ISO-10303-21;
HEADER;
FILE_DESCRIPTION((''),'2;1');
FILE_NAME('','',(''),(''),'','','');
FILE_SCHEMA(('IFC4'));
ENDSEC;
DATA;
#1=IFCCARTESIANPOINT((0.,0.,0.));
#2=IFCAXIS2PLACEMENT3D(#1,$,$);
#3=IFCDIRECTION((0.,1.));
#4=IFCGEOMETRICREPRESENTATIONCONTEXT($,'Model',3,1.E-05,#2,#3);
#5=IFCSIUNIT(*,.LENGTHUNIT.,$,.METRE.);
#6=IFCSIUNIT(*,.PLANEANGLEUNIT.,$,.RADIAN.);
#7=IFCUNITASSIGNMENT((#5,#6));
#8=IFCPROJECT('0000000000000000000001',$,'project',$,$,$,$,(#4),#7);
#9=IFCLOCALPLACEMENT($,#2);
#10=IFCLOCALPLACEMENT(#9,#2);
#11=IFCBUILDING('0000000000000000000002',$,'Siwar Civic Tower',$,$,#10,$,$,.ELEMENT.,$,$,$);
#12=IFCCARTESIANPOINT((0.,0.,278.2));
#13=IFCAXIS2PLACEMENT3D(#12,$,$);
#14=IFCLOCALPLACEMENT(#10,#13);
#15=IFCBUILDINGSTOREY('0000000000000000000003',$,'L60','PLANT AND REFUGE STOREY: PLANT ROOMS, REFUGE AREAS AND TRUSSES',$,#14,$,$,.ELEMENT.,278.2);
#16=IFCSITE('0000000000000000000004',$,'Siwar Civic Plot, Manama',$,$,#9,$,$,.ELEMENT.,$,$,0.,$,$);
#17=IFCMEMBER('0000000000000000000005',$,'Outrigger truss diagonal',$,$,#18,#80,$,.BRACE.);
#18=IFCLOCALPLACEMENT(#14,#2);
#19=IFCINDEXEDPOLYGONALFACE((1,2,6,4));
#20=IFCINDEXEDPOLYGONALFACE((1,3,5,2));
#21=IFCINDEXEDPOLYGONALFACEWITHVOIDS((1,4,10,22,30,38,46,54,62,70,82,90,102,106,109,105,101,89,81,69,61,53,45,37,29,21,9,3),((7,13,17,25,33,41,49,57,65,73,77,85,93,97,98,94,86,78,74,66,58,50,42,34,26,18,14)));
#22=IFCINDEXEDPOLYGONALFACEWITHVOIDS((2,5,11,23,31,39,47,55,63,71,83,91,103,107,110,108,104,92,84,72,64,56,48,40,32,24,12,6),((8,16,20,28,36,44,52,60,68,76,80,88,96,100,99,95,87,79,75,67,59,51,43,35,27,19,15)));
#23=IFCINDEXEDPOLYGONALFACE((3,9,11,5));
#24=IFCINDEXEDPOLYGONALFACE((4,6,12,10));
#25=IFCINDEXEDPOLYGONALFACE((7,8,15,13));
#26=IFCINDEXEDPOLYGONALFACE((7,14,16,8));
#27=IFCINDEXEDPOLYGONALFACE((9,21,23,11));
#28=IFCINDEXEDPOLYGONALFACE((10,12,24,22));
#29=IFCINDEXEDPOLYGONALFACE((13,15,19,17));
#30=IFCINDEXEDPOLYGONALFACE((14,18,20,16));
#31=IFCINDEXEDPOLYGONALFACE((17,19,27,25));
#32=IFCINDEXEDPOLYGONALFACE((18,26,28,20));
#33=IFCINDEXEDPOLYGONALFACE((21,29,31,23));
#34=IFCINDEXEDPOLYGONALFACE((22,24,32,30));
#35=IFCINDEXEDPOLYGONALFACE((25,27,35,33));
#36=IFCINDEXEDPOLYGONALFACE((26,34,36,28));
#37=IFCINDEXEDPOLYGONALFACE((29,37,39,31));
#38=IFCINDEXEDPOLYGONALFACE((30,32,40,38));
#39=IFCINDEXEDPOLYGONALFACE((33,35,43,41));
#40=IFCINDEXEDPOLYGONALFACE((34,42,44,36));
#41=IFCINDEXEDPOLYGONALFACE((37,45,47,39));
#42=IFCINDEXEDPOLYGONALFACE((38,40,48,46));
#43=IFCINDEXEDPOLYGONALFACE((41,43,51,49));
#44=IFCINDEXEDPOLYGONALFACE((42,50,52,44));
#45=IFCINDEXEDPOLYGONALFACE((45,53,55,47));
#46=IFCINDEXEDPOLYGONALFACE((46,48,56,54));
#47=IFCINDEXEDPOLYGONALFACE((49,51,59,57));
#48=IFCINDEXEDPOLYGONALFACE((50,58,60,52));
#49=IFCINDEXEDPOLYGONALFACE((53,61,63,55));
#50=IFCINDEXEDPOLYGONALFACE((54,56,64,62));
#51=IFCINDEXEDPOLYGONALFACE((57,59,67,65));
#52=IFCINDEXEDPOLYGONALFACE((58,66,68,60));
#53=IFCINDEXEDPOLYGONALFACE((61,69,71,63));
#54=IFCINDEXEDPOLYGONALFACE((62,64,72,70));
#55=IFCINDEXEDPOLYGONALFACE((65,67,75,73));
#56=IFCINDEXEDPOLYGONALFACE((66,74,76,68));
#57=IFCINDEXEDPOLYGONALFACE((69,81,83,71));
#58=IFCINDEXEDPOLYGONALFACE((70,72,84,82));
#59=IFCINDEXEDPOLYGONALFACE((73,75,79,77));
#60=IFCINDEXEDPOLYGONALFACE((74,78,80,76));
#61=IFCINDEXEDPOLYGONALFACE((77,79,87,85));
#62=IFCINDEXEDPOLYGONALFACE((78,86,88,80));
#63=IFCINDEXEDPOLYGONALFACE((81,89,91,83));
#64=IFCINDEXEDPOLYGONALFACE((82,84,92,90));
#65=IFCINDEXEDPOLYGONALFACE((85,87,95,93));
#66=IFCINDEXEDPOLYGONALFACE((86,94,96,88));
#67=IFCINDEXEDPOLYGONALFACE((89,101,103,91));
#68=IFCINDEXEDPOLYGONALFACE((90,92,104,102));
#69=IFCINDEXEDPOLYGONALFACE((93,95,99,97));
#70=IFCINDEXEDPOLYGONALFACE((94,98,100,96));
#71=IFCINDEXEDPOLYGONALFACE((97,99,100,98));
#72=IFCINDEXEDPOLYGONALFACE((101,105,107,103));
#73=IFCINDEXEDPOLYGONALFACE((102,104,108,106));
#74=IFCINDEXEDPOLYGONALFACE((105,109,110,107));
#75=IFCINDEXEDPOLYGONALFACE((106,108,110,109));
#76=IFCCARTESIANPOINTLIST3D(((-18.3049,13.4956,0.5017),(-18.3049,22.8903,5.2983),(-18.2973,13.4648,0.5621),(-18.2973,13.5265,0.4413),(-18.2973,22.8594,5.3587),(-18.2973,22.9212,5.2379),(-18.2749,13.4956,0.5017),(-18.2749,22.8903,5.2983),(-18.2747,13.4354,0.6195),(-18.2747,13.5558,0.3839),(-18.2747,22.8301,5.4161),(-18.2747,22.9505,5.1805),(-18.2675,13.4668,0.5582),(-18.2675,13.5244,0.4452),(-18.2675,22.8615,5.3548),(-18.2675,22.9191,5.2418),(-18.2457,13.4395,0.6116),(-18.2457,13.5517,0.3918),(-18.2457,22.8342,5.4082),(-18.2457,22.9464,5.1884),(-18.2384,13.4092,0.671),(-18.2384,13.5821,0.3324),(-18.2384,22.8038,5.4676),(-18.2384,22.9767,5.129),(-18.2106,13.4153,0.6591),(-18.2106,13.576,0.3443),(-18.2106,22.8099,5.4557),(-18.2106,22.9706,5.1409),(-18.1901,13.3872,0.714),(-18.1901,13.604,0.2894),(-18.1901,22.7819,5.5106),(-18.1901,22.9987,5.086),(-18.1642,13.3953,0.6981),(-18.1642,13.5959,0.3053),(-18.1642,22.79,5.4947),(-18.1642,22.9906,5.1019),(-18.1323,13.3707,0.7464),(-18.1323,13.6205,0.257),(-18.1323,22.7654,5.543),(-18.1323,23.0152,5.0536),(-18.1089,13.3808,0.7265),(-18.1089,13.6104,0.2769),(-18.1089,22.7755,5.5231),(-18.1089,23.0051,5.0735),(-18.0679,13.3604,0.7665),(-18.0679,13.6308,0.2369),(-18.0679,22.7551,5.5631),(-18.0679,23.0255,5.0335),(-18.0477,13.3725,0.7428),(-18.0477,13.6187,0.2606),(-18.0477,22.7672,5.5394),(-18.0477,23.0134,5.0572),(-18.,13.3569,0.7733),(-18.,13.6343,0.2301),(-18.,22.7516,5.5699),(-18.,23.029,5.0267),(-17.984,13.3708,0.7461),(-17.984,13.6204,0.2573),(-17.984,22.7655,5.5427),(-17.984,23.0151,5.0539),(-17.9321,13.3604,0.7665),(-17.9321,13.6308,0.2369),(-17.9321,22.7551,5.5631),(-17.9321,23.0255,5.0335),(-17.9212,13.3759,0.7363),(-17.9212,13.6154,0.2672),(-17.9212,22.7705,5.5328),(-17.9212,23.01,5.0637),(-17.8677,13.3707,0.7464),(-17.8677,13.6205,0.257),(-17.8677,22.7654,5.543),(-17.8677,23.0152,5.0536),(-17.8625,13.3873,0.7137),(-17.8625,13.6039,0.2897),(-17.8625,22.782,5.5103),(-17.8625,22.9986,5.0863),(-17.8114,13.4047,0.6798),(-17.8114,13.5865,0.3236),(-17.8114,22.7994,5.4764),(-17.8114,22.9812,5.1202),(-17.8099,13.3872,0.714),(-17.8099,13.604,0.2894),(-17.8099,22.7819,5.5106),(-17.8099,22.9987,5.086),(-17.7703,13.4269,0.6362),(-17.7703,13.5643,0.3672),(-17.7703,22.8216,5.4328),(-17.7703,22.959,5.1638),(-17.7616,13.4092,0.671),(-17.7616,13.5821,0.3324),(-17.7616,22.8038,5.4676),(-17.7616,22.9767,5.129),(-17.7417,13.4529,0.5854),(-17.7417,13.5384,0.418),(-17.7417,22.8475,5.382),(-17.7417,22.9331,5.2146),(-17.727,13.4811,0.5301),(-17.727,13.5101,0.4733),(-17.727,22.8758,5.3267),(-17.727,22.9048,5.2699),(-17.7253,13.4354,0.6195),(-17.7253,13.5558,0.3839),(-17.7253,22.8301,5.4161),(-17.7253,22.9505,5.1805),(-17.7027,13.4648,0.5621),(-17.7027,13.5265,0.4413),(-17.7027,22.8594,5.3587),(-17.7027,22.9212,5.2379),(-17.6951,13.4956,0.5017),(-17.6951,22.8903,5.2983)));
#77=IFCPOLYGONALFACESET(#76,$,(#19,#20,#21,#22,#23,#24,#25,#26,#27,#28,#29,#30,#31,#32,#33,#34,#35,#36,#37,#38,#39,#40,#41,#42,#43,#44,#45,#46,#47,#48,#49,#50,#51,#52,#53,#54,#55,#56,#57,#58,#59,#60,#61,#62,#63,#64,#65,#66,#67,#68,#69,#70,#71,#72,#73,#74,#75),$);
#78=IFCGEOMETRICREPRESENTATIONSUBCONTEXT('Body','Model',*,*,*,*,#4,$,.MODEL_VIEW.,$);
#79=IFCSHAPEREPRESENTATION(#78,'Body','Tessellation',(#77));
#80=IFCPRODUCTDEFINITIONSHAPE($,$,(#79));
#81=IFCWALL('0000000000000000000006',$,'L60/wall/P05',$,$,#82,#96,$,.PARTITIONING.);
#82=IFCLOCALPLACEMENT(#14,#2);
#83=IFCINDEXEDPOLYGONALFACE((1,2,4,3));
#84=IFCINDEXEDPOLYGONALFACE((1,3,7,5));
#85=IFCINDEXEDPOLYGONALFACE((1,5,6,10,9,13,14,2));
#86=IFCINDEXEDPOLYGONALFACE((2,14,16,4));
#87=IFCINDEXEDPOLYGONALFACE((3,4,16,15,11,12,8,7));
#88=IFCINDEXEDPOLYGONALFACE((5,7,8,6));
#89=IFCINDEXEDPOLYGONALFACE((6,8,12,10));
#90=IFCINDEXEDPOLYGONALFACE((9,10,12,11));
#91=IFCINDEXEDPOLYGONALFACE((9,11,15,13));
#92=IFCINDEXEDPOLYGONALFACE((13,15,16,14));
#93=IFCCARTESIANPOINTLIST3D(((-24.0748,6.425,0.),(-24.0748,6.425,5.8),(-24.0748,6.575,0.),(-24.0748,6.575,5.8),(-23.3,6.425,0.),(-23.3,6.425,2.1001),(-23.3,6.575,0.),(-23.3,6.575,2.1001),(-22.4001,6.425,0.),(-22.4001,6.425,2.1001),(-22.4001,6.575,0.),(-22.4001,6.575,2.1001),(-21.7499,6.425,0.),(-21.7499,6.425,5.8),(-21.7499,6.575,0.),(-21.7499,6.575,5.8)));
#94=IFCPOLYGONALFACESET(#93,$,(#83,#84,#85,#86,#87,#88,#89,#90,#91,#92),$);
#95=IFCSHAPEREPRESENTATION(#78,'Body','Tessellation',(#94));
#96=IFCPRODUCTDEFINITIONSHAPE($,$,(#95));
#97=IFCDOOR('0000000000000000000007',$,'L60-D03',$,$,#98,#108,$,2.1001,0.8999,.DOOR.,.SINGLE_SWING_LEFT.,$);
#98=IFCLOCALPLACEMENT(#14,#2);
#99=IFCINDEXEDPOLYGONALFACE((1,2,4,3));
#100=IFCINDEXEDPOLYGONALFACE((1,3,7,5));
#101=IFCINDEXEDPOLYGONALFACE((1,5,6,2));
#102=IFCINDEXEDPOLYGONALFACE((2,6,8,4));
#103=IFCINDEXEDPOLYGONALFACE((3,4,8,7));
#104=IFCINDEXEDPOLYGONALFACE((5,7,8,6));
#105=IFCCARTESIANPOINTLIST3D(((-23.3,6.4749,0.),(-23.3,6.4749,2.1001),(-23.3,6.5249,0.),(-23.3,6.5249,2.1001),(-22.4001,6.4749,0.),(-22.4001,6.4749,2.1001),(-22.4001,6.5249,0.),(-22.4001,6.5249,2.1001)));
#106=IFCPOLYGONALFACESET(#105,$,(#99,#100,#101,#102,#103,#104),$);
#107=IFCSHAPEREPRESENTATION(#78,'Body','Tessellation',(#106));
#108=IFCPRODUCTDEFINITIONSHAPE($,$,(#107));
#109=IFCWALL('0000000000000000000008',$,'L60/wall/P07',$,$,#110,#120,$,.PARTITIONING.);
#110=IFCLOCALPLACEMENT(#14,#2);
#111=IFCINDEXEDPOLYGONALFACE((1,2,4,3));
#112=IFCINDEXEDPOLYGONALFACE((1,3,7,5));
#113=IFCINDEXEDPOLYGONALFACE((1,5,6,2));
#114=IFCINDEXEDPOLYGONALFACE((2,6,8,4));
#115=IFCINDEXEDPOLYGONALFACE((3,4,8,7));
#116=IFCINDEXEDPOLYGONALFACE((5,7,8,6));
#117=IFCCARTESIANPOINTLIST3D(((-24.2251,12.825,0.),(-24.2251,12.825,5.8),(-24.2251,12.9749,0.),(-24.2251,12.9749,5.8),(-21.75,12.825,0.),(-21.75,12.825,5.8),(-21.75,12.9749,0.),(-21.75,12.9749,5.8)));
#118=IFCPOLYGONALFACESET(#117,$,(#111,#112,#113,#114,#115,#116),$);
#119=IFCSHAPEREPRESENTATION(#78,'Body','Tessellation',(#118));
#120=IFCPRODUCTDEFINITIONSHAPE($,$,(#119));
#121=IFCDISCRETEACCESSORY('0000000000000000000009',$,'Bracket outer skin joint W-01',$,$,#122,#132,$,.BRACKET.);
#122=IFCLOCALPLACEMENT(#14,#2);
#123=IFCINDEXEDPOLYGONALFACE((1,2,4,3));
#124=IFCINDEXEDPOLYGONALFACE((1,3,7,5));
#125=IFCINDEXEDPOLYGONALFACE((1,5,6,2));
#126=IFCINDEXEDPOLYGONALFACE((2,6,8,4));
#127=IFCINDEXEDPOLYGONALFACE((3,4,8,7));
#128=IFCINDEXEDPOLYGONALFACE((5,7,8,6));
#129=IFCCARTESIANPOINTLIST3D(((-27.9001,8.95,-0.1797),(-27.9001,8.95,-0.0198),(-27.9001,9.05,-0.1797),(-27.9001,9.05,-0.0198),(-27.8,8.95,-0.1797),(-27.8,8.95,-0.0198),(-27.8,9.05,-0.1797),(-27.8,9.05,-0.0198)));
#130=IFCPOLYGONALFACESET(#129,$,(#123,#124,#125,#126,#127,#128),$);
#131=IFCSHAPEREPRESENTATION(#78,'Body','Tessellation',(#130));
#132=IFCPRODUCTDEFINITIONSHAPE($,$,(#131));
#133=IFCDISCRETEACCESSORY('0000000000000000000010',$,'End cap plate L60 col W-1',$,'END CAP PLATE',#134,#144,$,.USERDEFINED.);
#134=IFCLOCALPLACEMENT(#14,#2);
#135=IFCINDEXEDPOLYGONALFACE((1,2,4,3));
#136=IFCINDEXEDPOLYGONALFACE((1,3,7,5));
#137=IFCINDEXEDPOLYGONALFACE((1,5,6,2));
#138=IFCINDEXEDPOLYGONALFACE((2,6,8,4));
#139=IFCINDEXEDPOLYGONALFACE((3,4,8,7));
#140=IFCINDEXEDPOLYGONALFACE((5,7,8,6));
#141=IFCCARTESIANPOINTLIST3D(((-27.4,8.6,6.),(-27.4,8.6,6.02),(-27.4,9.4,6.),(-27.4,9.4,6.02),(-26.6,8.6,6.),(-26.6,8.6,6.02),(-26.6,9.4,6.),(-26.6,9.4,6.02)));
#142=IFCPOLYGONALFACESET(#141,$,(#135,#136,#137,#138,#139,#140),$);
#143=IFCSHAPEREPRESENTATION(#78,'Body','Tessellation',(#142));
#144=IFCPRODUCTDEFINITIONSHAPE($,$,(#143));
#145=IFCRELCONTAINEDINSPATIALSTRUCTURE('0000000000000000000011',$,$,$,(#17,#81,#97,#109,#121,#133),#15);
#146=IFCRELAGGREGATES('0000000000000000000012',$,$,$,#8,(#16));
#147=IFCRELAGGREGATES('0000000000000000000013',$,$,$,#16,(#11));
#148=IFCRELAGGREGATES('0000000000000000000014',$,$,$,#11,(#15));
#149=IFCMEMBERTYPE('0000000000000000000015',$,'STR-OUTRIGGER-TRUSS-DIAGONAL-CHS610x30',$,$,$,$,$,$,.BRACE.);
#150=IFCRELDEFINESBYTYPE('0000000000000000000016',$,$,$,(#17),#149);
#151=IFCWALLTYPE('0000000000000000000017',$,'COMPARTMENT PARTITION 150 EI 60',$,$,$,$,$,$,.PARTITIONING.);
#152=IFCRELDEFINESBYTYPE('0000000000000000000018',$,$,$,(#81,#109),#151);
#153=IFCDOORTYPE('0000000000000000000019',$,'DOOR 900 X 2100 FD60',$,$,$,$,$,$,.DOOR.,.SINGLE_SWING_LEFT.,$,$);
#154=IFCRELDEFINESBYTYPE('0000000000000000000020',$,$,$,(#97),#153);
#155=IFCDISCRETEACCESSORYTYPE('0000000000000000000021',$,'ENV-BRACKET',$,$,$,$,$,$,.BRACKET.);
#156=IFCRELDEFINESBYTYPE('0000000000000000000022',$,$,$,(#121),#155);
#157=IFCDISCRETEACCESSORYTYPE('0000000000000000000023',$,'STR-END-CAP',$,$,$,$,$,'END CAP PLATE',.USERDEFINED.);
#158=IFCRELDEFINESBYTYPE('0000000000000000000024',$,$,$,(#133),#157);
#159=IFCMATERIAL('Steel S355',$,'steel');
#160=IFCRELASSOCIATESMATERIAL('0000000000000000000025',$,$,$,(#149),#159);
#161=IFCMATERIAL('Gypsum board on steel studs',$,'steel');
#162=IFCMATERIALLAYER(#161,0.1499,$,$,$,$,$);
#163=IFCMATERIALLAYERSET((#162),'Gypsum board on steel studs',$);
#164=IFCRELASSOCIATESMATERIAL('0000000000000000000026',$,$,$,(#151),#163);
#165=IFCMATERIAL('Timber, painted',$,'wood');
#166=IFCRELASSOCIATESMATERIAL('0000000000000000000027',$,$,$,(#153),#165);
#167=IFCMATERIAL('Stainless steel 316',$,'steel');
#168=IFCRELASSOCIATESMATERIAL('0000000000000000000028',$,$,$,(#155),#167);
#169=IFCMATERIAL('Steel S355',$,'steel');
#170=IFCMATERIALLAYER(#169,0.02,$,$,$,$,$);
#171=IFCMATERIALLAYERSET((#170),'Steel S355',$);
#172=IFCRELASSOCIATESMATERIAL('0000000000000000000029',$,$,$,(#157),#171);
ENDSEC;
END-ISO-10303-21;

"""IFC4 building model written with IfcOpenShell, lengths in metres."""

from ifc_helpers import new_model, si_unit, direction, frame, frame_2d, origin, origin_2d, place, context, subcontext, project, spatial, rectangle, hollow_circle, extrude, material, layer, layer_set, material_profile, profile_set, type_object, element, fill, save


model = new_model("IFC4")

# Units and contexts
model_context = context("Model", 3, precision=1e-05, world=origin(), true_north=direction((0.0, 1.0)))
body_context = subcontext(model_context, "Body", "Model", "MODEL_VIEW")
ifc_project = project(units=[si_unit("LENGTHUNIT", "METRE"), si_unit("PLANEANGLEUNIT", "RADIAN")], contexts=[model_context])

# Site, building, storey
site_placement = place(None, origin())
site = spatial("IfcSite", under=ifc_project, at=site_placement, Name="Siwar Civic Plot, Manama", CompositionType="ELEMENT", RefElevation=0.0)
building_placement = place(site_placement, origin())
building = spatial("IfcBuilding", under=site, at=building_placement, Name="Siwar Civic Tower", CompositionType="ELEMENT")
storey_placement = place(building_placement, frame((0.0, 0.0, 278.2)))
storey = spatial("IfcBuildingStorey", under=building, at=storey_placement, Name="L60", Description="PLANT AND REFUGE STOREY: PLANT ROOMS, REFUGE AREAS AND TRUSSES", CompositionType="ELEMENT", Elevation=278.2)

# Member
ifc_material_1 = material(Name="Steel S355", Category="steel")
ifc_material_profile_1 = material_profile(ifc_material_1, hollow_circle(Radius=0.3049, WallThickness=0.03, at=origin_2d()), Name="CHS610x30")
ifc_profile_set_1 = profile_set([ifc_material_profile_1], Name="Steel S355")
member_type_1 = type_object("IfcMemberType", Name="STR-OUTRIGGER-TRUSS-DIAGONAL-CHS610x30", PredefinedType="BRACE", material=ifc_profile_set_1)
member_1_placement = place(storey_placement, frame((-18.0, 13.4956, 0.5017), z_axis=(0.0, 0.890632, 0.454724), x_axis=(-1.0, 0.0, 0.0)))
element("IfcMember", 1, at=member_1_placement, inside=storey, type_object=member_type_1, Name="Outrigger truss diagonal", PredefinedType="BRACE", context=body_context, shape_type="SweptSolid", body=[
    extrude(hollow_circle(Radius=0.3049, WallThickness=0.03, at=origin_2d()), origin(), (0.0, 0.0, 1.0), 10.5483),
])

# Wall, opening, door
ifc_material_2 = material(Name="Gypsum board on steel studs", Category="steel")
ifc_layer_1 = layer(ifc_material_2, 0.1499)
ifc_layer_set_1 = layer_set([ifc_layer_1], Name="Gypsum board on steel studs")
wall_type = type_object("IfcWallType", Name="COMPARTMENT PARTITION 150 EI 60", PredefinedType="PARTITIONING", material=ifc_layer_set_1)
wall_1_placement = place(storey_placement, frame((-24.075, 6.5, 0.0), z_axis=(0.0, 0.0, 1.0), x_axis=(1.0, 0.0, 0.0)))
wall_1 = element("IfcWall", 2, at=wall_1_placement, inside=storey, type_object=wall_type, Name="L60/wall/P05", PredefinedType="PARTITIONING", context=body_context, shape_type="SweptSolid", body=[
    extrude(rectangle(XDim=2.325, YDim=0.1499, at=frame_2d((1.1626, 0.0))), origin(), (0.0, 0.0, 1.0), 5.8),
])
opening_placement = place(wall_1_placement, frame((0.7749, 0.0, 0.0)))
opening = element("IfcOpeningElement", 3, at=opening_placement, cuts=wall_1, PredefinedType="OPENING", context=body_context, shape_type="SweptSolid", body=[
    extrude(rectangle(XDim=0.8999, YDim=2.1001, at=frame_2d((0.45, 1.05))), frame((0.0, 0.085, 0.0), z_axis=(0.0, -1.0, 0.0), x_axis=(1.0, 0.0, 0.0)), (0.0, 0.0, 1.0), 0.1699),
])
ifc_material_3 = material(Name="Timber, painted", Category="wood")
door_type = type_object("IfcDoorType", Name="DOOR 900 X 2100 FD60", OperationType="SINGLE_SWING_LEFT", PredefinedType="DOOR", material=ifc_material_3)
door_placement = place(opening_placement, origin())
door = element("IfcDoor", 4, at=door_placement, inside=storey, type_object=door_type, Name="L60-D03", OperationType="SINGLE_SWING_LEFT", OverallHeight=2.1001, OverallWidth=0.8999, PredefinedType="DOOR", context=body_context, shape_type="SweptSolid", body=[
    extrude(rectangle(XDim=0.8999, YDim=2.1001, at=frame_2d((0.45, 1.05))), frame((0.0, 0.0249, 0.0), z_axis=(0.0, -1.0, 0.0), x_axis=(1.0, 0.0, 0.0)), (0.0, 0.0, 1.0), 0.05),
])
fill(opening, door)

# Wall
wall_2_placement = place(storey_placement, frame((-24.2251, 12.8999, 0.0), z_axis=(0.0, 0.0, 1.0), x_axis=(1.0, 0.0, 0.0)))
element("IfcWall", 5, at=wall_2_placement, inside=storey, type_object=wall_type, Name="L60/wall/P07", PredefinedType="PARTITIONING", context=body_context, shape_type="SweptSolid", body=[
    extrude(rectangle(XDim=2.4751, YDim=0.1499, at=frame_2d((1.2375, 0.0))), origin(), (0.0, 0.0, 1.0), 5.8),
])

# Discrete accessories
ifc_material_4 = material(Name="Stainless steel 316", Category="steel")
discrete_accessory_type_1 = type_object("IfcDiscreteAccessoryType", Name="ENV-BRACKET", PredefinedType="BRACKET", material=ifc_material_4)
discrete_accessory_1_placement = place(storey_placement, frame((-27.8501, 9.0, -0.1797), z_axis=(0.0, 0.0, 1.0), x_axis=(-1.0, 0.0, 0.0)))
element("IfcDiscreteAccessory", 6, at=discrete_accessory_1_placement, inside=storey, type_object=discrete_accessory_type_1, Name="Bracket outer skin joint W-01", PredefinedType="BRACKET", context=body_context, shape_type="SweptSolid", body=[
    extrude(rectangle(XDim=0.1001, YDim=0.1001, at=origin_2d()), origin(), (0.0, 0.0, 1.0), 0.1599),
])
ifc_material_5 = material(Name="Steel S355", Category="steel")
ifc_layer_2 = layer(ifc_material_5, 0.02)
ifc_layer_set_2 = layer_set([ifc_layer_2], Name="Steel S355")
discrete_accessory_type_2 = type_object("IfcDiscreteAccessoryType", Name="STR-END-CAP", ElementType="END CAP PLATE", PredefinedType="USERDEFINED", material=ifc_layer_set_2)
discrete_accessory_2_placement = place(storey_placement, frame((-27.0, 9.0, 6.0), z_axis=(0.0, 0.0, 1.0), x_axis=(1.0, 0.0, 0.0)))
element("IfcDiscreteAccessory", 7, at=discrete_accessory_2_placement, inside=storey, type_object=discrete_accessory_type_2, Name="End cap plate L60 col W-1", ObjectType="END CAP PLATE", PredefinedType="USERDEFINED", context=body_context, shape_type="SweptSolid", body=[
    extrude(rectangle(XDim=0.8, YDim=0.8, at=origin_2d()), origin(), (0.0, 0.0, 1.0), 0.02),
])

save(model, "model.ifc")
